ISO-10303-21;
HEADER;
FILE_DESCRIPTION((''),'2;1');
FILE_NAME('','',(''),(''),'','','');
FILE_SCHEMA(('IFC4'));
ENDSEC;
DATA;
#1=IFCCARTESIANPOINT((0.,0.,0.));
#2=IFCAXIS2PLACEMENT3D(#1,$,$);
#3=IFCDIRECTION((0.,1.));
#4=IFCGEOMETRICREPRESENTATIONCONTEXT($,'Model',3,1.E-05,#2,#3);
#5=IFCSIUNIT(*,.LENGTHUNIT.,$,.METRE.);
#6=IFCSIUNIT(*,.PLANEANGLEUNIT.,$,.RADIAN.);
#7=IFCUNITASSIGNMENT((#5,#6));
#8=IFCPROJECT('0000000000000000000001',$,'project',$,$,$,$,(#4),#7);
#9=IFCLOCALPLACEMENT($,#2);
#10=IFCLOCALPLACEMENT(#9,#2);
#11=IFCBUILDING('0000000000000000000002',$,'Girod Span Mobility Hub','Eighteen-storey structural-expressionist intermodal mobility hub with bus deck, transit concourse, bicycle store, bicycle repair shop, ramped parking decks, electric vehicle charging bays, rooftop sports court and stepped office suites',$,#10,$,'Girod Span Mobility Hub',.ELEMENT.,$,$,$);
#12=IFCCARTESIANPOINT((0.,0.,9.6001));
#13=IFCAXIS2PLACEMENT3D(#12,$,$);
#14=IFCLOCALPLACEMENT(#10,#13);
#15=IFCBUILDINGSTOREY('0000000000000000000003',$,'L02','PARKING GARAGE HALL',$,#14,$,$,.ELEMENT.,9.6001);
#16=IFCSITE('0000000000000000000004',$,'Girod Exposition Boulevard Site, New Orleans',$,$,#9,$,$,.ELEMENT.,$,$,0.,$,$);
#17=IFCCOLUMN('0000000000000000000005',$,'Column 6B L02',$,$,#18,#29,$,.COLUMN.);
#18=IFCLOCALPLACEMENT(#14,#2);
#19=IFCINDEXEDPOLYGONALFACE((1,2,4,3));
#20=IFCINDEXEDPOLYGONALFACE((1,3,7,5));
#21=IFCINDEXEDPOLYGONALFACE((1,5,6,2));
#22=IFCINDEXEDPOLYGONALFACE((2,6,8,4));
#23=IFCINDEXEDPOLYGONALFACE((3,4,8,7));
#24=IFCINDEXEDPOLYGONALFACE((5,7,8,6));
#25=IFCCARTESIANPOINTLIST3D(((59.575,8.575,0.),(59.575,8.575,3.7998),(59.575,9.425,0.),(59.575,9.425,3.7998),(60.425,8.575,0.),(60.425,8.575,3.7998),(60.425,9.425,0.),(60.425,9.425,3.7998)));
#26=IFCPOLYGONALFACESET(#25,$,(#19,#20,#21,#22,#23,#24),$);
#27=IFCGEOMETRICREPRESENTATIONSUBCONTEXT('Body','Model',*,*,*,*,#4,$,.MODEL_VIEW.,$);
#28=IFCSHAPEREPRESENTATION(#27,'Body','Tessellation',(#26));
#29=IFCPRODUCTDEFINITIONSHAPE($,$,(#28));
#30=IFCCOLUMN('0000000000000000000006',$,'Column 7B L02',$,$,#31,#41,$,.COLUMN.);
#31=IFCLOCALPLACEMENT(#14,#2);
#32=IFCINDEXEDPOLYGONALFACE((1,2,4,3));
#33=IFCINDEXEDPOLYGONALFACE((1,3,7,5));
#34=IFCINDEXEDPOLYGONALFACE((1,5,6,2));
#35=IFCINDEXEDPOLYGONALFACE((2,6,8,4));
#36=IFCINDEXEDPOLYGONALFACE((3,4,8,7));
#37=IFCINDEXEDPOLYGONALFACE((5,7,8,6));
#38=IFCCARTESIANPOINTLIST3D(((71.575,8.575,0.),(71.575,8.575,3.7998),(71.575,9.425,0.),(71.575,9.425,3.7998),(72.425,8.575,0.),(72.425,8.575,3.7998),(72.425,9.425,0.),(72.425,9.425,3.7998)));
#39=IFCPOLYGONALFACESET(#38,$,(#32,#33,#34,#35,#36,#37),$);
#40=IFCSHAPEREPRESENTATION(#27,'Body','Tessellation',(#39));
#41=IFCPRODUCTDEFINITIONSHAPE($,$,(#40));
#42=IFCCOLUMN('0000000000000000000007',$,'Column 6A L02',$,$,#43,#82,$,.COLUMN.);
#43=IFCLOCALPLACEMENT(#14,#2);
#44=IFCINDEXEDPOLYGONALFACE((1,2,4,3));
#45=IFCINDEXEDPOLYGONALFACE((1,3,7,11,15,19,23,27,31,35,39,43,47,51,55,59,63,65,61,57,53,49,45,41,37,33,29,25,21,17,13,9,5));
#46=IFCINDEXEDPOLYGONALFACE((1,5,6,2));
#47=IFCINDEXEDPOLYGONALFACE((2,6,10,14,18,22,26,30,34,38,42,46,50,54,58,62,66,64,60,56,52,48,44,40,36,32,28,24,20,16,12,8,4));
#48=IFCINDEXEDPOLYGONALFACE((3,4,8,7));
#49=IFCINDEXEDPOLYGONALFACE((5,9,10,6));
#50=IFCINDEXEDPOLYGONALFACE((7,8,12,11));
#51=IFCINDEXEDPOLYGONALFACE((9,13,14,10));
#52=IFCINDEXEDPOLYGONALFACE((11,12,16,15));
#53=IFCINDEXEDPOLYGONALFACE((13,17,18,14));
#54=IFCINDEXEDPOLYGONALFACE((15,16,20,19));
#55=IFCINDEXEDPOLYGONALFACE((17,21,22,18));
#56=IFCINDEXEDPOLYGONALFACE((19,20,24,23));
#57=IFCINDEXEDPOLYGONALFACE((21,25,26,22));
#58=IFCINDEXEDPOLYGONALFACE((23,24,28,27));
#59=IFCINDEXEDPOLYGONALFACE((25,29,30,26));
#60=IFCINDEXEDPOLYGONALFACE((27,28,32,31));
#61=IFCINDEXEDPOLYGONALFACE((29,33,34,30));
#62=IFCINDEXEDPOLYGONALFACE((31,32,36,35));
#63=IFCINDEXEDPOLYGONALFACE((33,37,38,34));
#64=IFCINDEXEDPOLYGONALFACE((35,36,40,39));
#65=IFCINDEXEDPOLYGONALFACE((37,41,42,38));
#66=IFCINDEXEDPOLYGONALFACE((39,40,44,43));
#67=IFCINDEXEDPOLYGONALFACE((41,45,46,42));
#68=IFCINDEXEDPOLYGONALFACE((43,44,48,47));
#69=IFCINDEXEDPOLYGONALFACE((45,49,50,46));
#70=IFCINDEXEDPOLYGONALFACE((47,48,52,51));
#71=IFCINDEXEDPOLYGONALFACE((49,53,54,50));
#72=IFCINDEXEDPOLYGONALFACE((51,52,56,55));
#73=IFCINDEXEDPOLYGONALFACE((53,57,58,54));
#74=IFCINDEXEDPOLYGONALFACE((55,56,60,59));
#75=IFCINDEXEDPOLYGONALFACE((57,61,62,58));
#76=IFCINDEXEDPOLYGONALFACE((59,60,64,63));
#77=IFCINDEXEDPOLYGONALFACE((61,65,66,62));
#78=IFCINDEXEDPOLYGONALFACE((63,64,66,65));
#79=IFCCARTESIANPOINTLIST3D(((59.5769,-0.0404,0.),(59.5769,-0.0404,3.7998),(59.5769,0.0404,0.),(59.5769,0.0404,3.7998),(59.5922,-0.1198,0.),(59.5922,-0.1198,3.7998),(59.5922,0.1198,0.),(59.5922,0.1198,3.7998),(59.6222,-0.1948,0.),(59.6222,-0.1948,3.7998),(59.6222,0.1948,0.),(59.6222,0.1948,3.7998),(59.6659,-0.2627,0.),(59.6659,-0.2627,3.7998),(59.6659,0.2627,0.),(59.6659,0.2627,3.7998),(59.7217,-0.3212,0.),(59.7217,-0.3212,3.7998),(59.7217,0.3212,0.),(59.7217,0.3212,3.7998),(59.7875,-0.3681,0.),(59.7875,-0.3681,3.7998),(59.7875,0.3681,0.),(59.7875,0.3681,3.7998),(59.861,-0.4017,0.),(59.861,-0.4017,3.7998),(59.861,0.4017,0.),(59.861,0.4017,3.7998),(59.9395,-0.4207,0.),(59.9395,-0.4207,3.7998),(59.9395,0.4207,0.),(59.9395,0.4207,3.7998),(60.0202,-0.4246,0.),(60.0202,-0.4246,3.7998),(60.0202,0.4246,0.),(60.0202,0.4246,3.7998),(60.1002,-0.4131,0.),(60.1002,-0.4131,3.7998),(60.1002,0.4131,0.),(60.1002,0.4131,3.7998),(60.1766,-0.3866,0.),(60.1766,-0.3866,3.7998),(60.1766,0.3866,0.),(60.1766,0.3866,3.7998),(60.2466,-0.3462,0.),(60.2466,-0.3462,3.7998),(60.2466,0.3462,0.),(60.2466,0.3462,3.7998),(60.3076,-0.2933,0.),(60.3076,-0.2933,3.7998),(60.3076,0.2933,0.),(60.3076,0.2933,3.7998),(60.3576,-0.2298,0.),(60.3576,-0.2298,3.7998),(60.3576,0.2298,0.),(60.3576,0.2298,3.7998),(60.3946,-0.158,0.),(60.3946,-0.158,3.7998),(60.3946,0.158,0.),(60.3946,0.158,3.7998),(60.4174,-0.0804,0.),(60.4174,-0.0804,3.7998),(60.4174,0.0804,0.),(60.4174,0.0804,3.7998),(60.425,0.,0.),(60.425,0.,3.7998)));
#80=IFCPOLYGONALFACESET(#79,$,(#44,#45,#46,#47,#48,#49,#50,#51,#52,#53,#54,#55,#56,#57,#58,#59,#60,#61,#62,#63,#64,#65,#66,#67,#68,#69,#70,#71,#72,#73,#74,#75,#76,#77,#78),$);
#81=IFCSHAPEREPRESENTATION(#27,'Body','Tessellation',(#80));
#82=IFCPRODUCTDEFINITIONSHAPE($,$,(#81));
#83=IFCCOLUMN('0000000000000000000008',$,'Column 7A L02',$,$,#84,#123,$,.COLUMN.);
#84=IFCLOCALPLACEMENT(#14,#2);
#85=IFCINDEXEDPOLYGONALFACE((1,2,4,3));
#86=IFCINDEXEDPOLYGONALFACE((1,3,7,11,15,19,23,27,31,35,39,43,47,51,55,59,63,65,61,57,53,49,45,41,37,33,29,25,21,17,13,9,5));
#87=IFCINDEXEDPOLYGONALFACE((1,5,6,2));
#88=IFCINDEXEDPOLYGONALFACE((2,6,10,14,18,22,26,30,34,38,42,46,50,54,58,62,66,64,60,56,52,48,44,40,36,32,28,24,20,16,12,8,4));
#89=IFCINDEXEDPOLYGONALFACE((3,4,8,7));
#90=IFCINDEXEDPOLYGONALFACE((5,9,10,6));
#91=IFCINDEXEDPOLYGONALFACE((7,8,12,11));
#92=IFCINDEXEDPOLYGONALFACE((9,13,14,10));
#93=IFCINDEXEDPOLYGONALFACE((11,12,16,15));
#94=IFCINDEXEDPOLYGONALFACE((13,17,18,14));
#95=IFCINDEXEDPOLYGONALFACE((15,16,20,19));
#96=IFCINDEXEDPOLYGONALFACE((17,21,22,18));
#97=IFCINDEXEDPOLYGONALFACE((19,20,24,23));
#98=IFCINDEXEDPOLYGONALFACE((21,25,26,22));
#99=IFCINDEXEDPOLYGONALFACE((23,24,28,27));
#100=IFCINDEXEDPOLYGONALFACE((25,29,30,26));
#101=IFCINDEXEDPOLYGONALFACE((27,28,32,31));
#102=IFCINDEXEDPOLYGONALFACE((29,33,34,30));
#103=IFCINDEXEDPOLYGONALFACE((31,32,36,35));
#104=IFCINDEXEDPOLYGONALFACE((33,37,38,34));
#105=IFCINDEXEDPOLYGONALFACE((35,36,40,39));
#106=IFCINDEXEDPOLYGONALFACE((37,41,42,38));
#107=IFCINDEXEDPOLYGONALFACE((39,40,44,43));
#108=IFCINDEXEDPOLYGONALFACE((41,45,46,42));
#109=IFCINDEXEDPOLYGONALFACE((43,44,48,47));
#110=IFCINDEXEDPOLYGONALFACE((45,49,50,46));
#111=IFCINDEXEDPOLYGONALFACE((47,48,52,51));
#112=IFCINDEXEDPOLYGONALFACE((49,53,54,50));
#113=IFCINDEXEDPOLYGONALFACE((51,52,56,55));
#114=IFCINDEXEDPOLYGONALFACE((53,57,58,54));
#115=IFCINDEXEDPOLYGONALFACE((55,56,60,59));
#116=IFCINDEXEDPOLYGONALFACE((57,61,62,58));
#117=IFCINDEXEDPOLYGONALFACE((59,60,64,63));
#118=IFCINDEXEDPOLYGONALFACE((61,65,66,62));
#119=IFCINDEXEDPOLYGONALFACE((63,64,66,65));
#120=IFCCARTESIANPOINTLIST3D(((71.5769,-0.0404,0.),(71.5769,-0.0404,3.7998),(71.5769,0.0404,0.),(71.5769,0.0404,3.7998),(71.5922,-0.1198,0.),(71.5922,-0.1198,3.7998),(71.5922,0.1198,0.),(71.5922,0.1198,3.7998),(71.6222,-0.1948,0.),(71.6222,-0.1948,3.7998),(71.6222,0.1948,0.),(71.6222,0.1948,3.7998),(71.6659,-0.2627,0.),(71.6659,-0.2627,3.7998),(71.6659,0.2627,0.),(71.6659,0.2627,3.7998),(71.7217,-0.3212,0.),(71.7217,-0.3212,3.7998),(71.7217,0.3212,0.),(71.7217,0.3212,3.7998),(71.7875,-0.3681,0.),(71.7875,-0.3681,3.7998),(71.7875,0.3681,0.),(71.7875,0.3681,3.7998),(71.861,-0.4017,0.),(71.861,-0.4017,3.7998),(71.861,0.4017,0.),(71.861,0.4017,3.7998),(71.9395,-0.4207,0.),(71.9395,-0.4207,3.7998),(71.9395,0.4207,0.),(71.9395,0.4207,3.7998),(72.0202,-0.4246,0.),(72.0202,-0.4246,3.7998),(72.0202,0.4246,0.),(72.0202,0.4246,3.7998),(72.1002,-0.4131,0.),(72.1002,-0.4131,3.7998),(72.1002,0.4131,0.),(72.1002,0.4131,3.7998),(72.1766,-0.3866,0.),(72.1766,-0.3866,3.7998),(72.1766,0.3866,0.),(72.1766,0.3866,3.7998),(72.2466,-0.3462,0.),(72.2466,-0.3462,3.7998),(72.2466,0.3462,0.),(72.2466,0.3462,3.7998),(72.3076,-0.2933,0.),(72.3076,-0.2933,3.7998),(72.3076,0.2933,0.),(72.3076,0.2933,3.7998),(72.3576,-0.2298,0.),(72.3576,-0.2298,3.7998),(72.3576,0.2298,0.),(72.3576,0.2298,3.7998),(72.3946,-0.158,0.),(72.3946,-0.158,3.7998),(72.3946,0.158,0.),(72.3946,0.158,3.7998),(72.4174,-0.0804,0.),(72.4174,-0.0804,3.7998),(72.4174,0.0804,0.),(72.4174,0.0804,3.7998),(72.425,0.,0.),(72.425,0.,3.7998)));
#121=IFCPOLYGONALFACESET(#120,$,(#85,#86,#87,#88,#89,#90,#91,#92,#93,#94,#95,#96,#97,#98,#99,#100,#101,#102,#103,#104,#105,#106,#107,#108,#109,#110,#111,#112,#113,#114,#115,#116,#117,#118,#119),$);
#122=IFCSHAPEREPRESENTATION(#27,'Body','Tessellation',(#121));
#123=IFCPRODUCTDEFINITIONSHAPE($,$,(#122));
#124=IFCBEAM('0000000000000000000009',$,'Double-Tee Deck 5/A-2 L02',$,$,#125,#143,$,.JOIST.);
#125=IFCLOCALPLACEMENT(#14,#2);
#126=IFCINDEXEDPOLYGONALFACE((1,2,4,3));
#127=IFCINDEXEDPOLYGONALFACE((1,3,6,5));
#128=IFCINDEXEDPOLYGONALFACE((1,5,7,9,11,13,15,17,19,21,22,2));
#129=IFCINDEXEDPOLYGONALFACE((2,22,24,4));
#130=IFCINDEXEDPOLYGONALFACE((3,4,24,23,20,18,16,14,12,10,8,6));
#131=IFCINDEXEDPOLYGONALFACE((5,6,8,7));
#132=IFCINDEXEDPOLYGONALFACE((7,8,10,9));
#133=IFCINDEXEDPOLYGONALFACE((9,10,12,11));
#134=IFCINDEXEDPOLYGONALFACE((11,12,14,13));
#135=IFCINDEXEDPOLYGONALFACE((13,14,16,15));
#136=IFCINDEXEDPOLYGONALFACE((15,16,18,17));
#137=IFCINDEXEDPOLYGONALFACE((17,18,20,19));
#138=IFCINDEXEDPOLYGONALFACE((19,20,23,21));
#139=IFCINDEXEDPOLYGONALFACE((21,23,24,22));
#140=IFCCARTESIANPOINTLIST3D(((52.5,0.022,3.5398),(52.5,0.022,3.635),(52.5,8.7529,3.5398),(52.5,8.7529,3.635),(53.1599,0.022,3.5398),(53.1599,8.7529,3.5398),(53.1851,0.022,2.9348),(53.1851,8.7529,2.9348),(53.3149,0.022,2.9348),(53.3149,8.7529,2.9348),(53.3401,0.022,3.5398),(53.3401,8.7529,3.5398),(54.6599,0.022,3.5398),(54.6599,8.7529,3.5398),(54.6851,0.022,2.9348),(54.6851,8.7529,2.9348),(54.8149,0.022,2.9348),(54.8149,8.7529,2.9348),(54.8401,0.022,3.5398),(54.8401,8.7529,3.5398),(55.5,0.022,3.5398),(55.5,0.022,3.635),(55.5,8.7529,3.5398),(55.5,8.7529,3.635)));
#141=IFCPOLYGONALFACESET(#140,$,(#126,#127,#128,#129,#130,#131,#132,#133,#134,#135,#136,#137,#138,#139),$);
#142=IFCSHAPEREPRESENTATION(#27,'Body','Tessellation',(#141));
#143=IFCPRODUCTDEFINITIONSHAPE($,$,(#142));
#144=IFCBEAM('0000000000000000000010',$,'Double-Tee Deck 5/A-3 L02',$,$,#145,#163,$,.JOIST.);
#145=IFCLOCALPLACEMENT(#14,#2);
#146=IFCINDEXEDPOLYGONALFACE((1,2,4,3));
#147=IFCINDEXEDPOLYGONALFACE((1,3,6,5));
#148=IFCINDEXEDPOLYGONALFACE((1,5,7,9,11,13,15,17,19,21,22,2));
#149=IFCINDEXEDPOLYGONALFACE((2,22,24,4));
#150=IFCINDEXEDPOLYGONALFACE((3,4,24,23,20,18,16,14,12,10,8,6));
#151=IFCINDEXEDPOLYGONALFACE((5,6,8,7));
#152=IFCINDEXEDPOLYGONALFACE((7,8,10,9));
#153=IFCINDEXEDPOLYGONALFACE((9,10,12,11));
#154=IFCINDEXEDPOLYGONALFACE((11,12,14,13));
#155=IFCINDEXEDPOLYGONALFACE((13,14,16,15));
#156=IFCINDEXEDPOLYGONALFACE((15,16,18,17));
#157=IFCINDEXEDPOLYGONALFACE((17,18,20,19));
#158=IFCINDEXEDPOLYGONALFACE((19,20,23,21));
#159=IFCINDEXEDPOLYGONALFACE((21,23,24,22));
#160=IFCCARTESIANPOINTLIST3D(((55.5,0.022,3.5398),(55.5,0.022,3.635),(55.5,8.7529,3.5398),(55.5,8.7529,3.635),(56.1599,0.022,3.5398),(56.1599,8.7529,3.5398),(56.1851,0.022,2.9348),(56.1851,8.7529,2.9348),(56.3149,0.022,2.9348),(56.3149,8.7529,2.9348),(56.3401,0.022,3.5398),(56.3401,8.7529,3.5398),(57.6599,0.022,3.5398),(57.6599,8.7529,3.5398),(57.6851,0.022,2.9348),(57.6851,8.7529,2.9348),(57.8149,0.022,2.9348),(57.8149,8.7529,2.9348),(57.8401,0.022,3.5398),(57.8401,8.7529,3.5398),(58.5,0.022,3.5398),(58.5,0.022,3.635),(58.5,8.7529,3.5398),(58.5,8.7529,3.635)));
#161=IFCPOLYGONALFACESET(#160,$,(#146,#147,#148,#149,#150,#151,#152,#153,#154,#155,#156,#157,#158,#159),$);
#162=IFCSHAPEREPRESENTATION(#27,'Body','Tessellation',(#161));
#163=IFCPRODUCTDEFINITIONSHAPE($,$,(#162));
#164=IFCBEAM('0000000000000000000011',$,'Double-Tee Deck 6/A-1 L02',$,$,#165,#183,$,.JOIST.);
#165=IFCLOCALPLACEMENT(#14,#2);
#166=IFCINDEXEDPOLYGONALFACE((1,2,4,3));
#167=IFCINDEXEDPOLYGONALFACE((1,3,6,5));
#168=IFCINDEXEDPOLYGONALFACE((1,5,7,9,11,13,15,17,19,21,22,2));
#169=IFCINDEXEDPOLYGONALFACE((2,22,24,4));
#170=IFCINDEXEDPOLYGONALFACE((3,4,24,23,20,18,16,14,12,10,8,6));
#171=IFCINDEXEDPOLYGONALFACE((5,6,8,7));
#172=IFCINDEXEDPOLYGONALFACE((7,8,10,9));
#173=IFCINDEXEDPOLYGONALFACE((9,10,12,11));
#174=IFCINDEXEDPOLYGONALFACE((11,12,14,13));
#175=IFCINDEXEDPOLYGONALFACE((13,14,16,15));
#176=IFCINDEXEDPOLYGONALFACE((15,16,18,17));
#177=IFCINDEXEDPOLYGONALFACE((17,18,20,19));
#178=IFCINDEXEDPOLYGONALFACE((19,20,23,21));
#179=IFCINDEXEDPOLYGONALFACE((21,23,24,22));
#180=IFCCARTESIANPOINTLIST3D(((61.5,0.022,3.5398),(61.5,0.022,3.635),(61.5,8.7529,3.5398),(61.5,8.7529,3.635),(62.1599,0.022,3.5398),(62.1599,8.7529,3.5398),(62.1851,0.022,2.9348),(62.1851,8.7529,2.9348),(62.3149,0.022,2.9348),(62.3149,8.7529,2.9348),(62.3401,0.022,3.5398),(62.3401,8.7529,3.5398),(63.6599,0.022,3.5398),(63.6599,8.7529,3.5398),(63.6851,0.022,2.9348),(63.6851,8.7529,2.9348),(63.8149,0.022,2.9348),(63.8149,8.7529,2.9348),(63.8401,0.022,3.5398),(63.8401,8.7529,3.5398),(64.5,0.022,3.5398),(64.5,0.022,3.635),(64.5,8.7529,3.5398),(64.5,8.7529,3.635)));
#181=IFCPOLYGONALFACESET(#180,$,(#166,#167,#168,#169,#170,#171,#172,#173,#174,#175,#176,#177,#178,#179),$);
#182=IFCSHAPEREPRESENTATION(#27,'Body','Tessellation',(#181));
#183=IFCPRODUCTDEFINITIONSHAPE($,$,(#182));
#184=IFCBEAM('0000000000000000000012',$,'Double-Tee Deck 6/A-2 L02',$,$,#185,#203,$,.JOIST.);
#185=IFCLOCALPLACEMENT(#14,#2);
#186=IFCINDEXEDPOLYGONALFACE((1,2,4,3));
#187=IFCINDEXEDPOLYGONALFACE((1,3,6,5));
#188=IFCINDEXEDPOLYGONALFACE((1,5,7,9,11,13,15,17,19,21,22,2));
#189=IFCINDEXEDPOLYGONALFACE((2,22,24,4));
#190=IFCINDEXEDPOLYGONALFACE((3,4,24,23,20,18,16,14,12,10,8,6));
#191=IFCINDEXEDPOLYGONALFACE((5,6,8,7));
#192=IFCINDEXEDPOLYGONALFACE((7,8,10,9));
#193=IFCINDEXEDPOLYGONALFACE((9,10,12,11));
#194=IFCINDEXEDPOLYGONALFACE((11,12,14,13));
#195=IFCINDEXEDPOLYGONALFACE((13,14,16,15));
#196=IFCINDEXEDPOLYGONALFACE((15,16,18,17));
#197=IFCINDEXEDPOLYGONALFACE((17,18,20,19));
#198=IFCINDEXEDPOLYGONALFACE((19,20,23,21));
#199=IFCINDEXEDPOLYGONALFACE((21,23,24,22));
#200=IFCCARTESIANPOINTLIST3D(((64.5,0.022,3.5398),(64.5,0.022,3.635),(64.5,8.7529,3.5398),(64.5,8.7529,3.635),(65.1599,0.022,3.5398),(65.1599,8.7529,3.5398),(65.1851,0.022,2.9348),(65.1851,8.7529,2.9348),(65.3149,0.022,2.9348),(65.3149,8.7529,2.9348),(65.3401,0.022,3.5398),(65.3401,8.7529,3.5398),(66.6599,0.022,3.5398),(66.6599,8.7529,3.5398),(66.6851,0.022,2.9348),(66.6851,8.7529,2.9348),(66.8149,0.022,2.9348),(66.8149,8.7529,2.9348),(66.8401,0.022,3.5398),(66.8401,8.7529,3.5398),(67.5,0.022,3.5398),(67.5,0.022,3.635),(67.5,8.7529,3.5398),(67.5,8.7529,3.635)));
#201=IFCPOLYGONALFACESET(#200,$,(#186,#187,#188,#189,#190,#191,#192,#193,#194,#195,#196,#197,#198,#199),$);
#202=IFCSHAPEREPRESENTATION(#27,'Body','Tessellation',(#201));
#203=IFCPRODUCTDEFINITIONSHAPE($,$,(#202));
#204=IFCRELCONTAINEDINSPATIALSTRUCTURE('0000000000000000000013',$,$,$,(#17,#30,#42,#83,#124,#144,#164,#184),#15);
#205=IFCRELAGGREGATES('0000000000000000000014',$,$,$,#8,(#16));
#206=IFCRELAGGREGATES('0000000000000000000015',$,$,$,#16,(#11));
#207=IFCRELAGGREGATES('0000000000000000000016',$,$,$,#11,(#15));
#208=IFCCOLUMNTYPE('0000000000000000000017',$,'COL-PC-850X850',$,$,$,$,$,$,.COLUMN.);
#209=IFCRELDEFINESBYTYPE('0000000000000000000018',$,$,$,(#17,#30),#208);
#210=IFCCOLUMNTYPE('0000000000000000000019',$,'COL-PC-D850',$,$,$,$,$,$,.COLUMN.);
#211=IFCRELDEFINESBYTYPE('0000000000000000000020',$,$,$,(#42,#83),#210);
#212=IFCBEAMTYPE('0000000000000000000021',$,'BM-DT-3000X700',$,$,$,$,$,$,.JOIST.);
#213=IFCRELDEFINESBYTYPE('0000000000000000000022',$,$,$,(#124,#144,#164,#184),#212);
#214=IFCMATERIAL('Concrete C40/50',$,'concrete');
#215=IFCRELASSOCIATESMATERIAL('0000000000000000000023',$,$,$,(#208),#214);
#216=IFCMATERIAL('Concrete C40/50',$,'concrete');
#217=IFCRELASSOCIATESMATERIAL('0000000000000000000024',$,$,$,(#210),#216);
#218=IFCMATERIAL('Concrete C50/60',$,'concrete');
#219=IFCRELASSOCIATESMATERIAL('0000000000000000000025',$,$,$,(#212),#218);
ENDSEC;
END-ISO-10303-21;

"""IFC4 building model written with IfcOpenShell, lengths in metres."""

from ifc_helpers import new_model, si_unit, direction, frame, origin, origin_2d, place, context, subcontext, project, spatial, polyline, rectangle, circle, outline, extrude, material, material_profile, profile_set, type_object, element, save


model = new_model("IFC4")

# Units and contexts
model_context = context("Model", 3, precision=1e-05, world=origin(), true_north=direction((0.0, 1.0)))
body_context = subcontext(model_context, "Body", "Model", "MODEL_VIEW")
ifc_project = project(units=[si_unit("LENGTHUNIT", "METRE"), si_unit("PLANEANGLEUNIT", "RADIAN")], contexts=[model_context])

# Site, building, storey
site_placement = place(None, origin())
site = spatial("IfcSite", under=ifc_project, at=site_placement, Name="Girod Exposition Boulevard Site, New Orleans", CompositionType="ELEMENT", RefElevation=0.0)
building_placement = place(site_placement, origin())
building = spatial("IfcBuilding", under=site, at=building_placement, Name="Girod Span Mobility Hub", Description="Eighteen-storey structural-expressionist intermodal mobility hub with bus deck, transit concourse, bicycle store, bicycle repair shop, ramped parking decks, electric vehicle charging bays, rooftop sports court and stepped office suites", LongName="Girod Span Mobility Hub", CompositionType="ELEMENT")
storey_placement = place(building_placement, frame((0.0, 0.0, 9.6001)))
storey = spatial("IfcBuildingStorey", under=building, at=storey_placement, Name="L02", Description="PARKING GARAGE HALL", CompositionType="ELEMENT", Elevation=9.6001)

# Columns
ifc_material_1 = material(Name="Concrete C40/50", Category="concrete")
ifc_material_profile_1 = material_profile(ifc_material_1, rectangle(XDim=0.8501, YDim=0.8501, at=origin_2d()), Name="PC-COL-850X850")
ifc_profile_set_1 = profile_set([ifc_material_profile_1], Name="Concrete C40/50")
column_type_1 = type_object("IfcColumnType", Name="COL-PC-850X850", PredefinedType="COLUMN", material=ifc_profile_set_1)
for number, where, z_axis, x_axis, name in (
    (1, (60.0, 9.0, 0.0), (0.0, 0.0, 1.0), (1.0, 0.0, 0.0), "Column 6B L02"),
    (2, (72.0, 9.0, 0.0), (0.0, 0.0, 1.0), (1.0, 0.0, 0.0), "Column 7B L02"),
):
    element("IfcColumn", number, at=place(storey_placement, frame(where, z_axis=z_axis, x_axis=x_axis)), inside=storey, type_object=column_type_1, Name=name, PredefinedType="COLUMN", context=body_context, shape_type="SweptSolid", body=[
        extrude(rectangle(XDim=0.8501, YDim=0.8501, at=origin_2d()), origin(), (0.0, 0.0, 1.0), 3.7998),
    ])
ifc_material_2 = material(Name="Concrete C40/50", Category="concrete")
ifc_material_profile_2 = material_profile(ifc_material_2, circle(Radius=0.425, at=origin_2d()), Name="PC-CIR-D850")
ifc_profile_set_2 = profile_set([ifc_material_profile_2], Name="Concrete C40/50")
column_type_2 = type_object("IfcColumnType", Name="COL-PC-D850", PredefinedType="COLUMN", material=ifc_profile_set_2)
for number, where, z_axis, x_axis, name in (
    (3, (60.0, 0.0, 0.0), (0.0, 0.0, 1.0), (1.0, 0.0, 0.0), "Column 6A L02"),
    (4, (72.0, 0.0, 0.0), (0.0, 0.0, 1.0), (1.0, 0.0, 0.0), "Column 7A L02"),
):
    element("IfcColumn", number, at=place(storey_placement, frame(where, z_axis=z_axis, x_axis=x_axis)), inside=storey, type_object=column_type_2, Name=name, PredefinedType="COLUMN", context=body_context, shape_type="SweptSolid", body=[
        extrude(circle(Radius=0.425, at=origin_2d()), origin(), (0.0, 0.0, 1.0), 3.7998),
    ])

# Beams
ifc_material_3 = material(Name="Concrete C50/60", Category="concrete")
ifc_material_profile_3 = material_profile(ifc_material_3, outline(polyline([(-1.5, 0.3501), (-1.5, 0.2549), (-0.8401, 0.2549), (-0.8149, -0.3501), (-0.6851, -0.3501), (-0.6599, 0.2549), (0.6599, 0.2549), (0.6851, -0.3501), (0.8149, -0.3501), (0.8401, 0.2549), (1.5, 0.2549), (1.5, 0.3501), (-1.5, 0.3501)])), Name="DT-3000X700")
ifc_profile_set_3 = profile_set([ifc_material_profile_3], Name="Concrete C50/60")
beam_type_1 = type_object("IfcBeamType", Name="BM-DT-3000X700", PredefinedType="JOIST", material=ifc_profile_set_3)
for number, where, z_axis, x_axis, name in (
    (5, (54.0, 0.022, 3.2849), (0.0, 1.0, 0.0), (-1.0, 0.0, 0.0), "Double-Tee Deck 5/A-2 L02"),
    (6, (57.0, 0.022, 3.2849), (0.0, 1.0, 0.0), (-1.0, 0.0, 0.0), "Double-Tee Deck 5/A-3 L02"),
    (7, (63.0, 0.022, 3.2849), (0.0, 1.0, 0.0), (-1.0, 0.0, 0.0), "Double-Tee Deck 6/A-1 L02"),
    (8, (66.0, 0.022, 3.2849), (0.0, 1.0, 0.0), (-1.0, 0.0, 0.0), "Double-Tee Deck 6/A-2 L02"),
):
    element("IfcBeam", number, at=place(storey_placement, frame(where, z_axis=z_axis, x_axis=x_axis)), inside=storey, type_object=beam_type_1, Name=name, PredefinedType="JOIST", context=body_context, shape_type="SweptSolid", body=[
        extrude(outline(polyline([(-1.5, 0.3501), (-1.5, 0.2549), (-0.8401, 0.2549), (-0.8149, -0.3501), (-0.6851, -0.3501), (-0.6599, 0.2549), (0.6599, 0.2549), (0.6851, -0.3501), (0.8149, -0.3501), (0.8401, 0.2549), (1.5, 0.2549), (1.5, 0.3501), (-1.5, 0.3501)])), origin(), (0.0, 0.0, 1.0), 8.731),
    ])

save(model, "model.ifc")
